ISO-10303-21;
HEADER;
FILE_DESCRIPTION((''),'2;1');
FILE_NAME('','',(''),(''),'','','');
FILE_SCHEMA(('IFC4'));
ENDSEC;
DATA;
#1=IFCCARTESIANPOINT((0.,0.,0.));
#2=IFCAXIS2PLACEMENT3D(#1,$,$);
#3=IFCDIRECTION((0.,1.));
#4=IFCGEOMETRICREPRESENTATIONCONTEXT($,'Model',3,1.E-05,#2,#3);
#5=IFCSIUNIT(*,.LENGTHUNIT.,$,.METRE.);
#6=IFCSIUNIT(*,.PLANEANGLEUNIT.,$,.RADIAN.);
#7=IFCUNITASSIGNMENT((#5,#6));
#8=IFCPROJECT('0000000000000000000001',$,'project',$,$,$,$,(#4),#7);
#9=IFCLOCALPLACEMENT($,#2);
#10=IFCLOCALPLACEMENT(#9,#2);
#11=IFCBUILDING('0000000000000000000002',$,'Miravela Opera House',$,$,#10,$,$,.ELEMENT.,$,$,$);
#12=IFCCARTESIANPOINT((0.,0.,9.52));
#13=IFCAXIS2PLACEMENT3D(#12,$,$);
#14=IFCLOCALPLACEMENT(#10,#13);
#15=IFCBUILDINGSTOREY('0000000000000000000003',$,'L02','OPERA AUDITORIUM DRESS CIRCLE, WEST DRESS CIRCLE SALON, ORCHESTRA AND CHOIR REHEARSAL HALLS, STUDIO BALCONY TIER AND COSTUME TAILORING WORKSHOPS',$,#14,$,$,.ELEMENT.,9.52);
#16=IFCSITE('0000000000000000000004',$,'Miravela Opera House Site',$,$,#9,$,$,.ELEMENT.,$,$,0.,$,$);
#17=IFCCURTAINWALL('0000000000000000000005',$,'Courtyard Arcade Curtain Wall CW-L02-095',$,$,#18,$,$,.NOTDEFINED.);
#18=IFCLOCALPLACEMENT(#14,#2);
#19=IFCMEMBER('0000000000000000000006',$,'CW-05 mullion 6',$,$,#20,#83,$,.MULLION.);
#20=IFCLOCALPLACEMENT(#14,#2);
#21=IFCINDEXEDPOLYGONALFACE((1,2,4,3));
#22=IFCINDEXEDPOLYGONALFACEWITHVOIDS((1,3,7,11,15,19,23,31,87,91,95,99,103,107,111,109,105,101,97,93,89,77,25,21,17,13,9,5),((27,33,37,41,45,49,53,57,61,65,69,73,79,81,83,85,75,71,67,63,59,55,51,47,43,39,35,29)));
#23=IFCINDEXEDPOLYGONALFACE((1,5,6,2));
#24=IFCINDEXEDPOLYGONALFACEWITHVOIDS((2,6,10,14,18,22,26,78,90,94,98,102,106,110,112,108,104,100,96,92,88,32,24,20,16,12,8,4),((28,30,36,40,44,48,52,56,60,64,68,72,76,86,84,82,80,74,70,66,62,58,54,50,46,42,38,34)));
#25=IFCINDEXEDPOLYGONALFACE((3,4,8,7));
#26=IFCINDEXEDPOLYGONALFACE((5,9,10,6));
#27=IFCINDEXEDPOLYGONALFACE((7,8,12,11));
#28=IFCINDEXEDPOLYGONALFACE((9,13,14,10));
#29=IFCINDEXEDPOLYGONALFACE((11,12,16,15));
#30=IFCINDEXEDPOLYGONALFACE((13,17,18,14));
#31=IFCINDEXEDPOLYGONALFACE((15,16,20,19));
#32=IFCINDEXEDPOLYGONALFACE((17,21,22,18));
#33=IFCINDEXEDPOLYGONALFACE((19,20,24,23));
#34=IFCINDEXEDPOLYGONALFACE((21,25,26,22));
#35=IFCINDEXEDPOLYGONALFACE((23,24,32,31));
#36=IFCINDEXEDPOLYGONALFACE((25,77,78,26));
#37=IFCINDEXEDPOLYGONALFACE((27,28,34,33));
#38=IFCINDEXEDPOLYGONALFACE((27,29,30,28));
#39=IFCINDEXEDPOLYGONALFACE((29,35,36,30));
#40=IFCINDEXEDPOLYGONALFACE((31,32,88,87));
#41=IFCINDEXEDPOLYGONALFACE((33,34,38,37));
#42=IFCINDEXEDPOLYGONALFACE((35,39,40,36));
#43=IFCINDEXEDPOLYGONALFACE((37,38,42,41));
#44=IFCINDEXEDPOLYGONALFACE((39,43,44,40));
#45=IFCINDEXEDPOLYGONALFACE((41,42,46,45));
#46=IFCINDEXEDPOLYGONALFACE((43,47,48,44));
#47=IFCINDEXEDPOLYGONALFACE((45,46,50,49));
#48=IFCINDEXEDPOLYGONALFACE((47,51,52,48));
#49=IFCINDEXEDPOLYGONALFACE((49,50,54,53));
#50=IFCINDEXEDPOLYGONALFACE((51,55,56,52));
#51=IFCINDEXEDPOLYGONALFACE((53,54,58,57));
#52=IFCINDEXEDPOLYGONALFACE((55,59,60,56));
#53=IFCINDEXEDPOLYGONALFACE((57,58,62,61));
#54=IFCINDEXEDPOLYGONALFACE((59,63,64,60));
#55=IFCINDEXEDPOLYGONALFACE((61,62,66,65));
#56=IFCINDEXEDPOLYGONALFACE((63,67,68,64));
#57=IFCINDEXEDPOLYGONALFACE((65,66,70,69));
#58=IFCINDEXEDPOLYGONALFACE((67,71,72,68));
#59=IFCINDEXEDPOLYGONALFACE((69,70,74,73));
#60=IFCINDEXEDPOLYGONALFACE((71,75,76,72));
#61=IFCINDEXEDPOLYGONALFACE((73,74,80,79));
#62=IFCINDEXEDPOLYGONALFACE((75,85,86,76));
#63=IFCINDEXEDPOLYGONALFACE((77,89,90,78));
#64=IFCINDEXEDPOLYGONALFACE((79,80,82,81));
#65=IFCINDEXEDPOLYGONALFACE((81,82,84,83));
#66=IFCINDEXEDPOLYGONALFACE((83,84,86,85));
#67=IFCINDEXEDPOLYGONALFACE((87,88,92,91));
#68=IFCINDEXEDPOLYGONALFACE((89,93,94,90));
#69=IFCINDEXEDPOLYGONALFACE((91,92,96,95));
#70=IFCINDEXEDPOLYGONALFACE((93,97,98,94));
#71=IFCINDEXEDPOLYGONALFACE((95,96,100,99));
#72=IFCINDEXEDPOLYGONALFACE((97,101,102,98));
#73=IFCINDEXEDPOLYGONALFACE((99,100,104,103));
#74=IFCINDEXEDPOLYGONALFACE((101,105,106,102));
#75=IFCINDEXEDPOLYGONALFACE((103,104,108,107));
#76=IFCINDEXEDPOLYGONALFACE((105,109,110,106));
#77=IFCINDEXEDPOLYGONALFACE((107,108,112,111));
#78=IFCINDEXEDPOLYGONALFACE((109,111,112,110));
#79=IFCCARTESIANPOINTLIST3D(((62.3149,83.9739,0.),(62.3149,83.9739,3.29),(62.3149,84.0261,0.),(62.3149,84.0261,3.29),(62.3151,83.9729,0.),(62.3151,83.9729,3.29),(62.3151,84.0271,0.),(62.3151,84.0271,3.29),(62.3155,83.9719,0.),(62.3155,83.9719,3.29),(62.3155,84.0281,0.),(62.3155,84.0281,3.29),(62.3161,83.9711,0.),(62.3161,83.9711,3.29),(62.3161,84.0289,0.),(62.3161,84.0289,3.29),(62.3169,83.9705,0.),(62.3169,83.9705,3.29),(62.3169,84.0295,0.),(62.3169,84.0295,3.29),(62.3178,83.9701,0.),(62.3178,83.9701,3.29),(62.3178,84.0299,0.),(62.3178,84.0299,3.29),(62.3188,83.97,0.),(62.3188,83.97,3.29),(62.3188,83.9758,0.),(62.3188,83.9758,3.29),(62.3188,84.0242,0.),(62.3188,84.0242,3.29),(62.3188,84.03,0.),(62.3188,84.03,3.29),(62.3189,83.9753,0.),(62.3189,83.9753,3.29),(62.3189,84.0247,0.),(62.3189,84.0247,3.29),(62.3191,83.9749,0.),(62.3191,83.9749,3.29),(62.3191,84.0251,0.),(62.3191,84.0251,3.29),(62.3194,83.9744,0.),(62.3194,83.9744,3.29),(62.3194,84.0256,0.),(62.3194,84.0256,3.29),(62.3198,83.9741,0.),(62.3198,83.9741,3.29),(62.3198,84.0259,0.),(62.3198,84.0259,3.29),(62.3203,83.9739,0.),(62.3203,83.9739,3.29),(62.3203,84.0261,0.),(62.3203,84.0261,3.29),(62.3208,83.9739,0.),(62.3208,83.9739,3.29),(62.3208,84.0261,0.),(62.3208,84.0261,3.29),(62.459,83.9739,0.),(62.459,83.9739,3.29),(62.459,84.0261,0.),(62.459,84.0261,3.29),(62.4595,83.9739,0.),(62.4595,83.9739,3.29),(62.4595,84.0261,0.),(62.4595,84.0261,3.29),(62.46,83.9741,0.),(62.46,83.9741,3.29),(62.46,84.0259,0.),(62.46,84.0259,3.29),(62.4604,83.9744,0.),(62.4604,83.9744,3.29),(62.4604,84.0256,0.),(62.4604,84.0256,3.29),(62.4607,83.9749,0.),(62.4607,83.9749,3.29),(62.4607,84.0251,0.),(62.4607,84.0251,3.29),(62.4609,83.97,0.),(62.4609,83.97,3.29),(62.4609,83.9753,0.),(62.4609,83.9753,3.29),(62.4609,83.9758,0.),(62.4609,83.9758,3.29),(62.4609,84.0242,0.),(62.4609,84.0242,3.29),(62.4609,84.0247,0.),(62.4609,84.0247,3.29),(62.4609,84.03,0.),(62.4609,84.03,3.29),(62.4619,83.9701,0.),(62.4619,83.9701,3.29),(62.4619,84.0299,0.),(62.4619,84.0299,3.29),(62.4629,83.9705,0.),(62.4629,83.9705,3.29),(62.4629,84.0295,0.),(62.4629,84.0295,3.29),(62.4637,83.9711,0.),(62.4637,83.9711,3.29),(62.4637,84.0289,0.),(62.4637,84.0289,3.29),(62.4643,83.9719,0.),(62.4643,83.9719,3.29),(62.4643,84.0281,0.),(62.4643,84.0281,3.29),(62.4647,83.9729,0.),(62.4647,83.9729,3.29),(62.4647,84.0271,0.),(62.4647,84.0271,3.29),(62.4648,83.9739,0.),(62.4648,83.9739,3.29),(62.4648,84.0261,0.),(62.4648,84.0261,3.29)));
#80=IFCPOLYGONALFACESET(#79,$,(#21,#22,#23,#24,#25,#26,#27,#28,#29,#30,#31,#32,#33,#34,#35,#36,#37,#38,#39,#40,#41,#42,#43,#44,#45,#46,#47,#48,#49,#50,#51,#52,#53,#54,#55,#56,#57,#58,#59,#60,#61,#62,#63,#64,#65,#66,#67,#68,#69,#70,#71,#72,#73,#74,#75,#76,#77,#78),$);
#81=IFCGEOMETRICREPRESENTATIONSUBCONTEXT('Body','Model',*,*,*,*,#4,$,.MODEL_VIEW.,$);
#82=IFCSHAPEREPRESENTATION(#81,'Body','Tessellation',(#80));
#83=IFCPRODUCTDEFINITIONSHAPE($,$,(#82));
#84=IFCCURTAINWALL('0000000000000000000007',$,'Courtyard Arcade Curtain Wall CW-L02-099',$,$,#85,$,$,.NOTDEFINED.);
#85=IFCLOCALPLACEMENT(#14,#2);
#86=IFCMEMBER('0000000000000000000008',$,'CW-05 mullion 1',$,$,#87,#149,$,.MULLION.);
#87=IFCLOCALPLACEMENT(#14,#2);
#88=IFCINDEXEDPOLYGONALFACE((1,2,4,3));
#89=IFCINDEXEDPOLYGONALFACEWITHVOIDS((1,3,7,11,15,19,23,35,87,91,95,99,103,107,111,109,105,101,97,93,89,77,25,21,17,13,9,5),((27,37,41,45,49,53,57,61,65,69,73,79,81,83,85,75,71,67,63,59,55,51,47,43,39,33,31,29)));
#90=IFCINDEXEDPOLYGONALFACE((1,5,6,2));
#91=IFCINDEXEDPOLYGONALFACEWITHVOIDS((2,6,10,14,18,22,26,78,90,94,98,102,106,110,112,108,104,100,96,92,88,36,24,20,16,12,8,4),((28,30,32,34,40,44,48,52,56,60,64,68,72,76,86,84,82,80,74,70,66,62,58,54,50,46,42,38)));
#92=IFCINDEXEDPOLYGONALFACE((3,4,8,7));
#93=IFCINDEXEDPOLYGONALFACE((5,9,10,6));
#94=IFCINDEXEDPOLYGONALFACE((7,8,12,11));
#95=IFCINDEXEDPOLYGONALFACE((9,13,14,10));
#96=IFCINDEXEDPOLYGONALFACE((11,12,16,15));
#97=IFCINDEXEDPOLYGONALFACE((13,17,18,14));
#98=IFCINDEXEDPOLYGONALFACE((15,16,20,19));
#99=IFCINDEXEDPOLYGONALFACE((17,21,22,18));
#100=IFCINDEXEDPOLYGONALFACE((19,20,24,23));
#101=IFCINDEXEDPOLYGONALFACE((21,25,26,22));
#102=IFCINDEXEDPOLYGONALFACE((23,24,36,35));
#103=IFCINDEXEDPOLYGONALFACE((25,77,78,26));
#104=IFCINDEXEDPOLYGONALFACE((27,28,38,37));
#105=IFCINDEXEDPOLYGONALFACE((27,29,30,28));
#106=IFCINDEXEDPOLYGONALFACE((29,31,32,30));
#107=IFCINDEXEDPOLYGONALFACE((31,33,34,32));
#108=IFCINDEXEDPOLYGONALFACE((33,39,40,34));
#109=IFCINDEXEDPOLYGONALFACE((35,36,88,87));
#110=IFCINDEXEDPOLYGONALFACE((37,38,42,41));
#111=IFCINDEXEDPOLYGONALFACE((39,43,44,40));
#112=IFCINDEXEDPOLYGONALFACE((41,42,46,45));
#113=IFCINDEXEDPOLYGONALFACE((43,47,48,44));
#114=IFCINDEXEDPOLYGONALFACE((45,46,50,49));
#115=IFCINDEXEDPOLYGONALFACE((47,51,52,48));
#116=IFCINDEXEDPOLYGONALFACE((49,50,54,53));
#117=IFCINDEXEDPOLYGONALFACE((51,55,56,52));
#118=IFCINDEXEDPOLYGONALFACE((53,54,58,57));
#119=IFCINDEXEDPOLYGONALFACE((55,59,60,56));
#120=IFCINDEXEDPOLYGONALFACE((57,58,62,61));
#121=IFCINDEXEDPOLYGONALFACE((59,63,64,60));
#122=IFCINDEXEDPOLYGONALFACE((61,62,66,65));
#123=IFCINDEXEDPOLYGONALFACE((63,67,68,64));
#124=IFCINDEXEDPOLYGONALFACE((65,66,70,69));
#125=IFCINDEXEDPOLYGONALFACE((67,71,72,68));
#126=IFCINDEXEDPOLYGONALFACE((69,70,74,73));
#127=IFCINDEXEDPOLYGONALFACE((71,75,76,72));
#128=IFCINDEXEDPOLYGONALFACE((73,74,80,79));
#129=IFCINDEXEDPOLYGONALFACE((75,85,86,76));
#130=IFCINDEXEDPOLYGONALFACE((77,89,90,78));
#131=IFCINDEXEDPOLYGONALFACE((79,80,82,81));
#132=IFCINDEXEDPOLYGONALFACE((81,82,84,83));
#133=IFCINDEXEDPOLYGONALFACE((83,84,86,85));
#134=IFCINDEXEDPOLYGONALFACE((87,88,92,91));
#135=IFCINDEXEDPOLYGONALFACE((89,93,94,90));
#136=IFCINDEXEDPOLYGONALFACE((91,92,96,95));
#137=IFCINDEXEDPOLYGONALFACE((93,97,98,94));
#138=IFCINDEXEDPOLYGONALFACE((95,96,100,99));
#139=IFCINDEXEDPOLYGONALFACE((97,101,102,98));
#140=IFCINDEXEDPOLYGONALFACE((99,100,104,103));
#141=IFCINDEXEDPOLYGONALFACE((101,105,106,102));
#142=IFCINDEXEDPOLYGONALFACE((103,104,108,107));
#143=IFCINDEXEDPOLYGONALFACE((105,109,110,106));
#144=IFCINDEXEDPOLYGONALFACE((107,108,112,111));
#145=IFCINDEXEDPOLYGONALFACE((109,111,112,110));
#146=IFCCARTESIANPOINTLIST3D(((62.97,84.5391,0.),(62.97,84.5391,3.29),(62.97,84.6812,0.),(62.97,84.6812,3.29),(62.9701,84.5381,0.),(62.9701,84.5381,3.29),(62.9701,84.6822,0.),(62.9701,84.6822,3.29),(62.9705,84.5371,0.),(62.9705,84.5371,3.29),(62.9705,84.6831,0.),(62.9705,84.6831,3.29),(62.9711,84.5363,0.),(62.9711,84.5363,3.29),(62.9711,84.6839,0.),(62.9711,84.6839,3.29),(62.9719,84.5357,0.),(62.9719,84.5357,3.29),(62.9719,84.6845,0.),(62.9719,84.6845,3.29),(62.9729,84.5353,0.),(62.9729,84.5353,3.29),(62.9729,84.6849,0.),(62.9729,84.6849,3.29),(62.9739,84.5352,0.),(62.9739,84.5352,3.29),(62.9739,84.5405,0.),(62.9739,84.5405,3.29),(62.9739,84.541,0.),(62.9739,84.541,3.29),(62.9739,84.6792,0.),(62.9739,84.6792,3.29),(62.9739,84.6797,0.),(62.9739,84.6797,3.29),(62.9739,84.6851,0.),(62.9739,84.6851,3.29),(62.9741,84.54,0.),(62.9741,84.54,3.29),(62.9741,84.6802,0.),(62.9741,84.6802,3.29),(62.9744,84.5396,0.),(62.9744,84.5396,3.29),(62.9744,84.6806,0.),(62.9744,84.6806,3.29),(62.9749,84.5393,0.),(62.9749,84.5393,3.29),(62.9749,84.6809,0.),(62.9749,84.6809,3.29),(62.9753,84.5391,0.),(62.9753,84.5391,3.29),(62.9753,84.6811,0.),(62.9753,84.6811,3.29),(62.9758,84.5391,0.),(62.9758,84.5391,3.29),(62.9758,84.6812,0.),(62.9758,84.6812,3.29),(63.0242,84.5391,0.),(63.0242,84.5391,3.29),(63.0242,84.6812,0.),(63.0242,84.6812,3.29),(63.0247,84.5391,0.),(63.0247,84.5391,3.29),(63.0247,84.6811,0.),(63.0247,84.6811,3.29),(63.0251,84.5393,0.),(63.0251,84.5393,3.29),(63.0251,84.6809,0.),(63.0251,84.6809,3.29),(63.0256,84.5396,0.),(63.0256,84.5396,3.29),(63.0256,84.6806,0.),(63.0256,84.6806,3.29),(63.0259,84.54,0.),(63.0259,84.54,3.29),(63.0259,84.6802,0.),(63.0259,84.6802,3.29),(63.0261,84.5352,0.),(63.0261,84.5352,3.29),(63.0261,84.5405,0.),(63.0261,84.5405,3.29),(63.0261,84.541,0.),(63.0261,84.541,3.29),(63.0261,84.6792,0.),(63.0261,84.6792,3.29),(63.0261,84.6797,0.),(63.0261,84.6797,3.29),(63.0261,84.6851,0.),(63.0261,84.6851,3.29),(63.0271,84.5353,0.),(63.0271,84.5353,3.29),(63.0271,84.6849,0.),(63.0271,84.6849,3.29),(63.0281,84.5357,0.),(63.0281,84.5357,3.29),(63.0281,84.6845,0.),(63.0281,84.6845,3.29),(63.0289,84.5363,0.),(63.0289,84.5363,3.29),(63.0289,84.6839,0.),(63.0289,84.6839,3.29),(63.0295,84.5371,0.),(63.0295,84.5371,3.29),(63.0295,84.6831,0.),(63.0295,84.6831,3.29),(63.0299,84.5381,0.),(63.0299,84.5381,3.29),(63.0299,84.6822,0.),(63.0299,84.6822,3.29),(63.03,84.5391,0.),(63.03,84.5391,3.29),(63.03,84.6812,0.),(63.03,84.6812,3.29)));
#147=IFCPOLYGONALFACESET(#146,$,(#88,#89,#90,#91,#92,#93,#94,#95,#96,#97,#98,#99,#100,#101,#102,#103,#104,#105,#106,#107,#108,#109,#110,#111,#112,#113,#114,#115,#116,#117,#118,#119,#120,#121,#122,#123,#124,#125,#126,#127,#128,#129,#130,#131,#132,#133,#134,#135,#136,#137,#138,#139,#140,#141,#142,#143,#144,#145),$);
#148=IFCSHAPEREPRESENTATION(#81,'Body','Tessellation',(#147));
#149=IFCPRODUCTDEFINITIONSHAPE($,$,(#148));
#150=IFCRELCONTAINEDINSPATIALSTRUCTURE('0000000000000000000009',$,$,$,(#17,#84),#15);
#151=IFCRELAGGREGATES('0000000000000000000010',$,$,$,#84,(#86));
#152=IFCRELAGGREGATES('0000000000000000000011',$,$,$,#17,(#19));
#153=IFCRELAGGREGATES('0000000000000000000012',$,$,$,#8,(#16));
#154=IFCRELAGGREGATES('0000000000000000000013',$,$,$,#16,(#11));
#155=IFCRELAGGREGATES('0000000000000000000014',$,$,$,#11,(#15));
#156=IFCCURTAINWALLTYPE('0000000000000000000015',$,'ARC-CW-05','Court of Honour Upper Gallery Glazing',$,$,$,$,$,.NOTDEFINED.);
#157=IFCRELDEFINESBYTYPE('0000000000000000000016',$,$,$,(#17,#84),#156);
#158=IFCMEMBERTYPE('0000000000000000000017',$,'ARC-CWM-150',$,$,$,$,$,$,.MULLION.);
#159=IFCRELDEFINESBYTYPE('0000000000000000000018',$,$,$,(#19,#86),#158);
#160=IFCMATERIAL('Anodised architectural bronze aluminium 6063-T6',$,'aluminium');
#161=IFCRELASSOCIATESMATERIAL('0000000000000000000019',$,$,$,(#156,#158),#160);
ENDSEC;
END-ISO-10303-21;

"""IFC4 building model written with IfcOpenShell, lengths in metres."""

from ifc_helpers import new_model, si_unit, direction, frame, origin, origin_2d, place, context, subcontext, project, spatial, hollow_rectangle, extrude, material, material_profile, profile_set, type_object, element, aggregate, save


model = new_model("IFC4")

# Units and contexts
model_context = context("Model", 3, precision=1e-05, world=origin(), true_north=direction((0.0, 1.0)))
body_context = subcontext(model_context, "Body", "Model", "MODEL_VIEW")
ifc_project = project(units=[si_unit("LENGTHUNIT", "METRE"), si_unit("PLANEANGLEUNIT", "RADIAN")], contexts=[model_context])

# Site, building, storey
site_placement = place(None, origin())
site = spatial("IfcSite", under=ifc_project, at=site_placement, Name="Miravela Opera House Site", CompositionType="ELEMENT", RefElevation=0.0)
building_placement = place(site_placement, origin())
building = spatial("IfcBuilding", under=site, at=building_placement, Name="Miravela Opera House", CompositionType="ELEMENT")
storey_placement = place(building_placement, frame((0.0, 0.0, 9.52)))
storey = spatial("IfcBuildingStorey", under=building, at=storey_placement, Name="L02", Description="OPERA AUDITORIUM DRESS CIRCLE, WEST DRESS CIRCLE SALON, ORCHESTRA AND CHOIR REHEARSAL HALLS, STUDIO BALCONY TIER AND COSTUME TAILORING WORKSHOPS", CompositionType="ELEMENT", Elevation=9.52)

# Curtain wall, member
ifc_material_1 = material(Name="Anodised architectural bronze aluminium 6063-T6", Category="aluminium")
curtain_wall_type = type_object("IfcCurtainWallType", Name="ARC-CW-05", Description="Court of Honour Upper Gallery Glazing", PredefinedType="NOTDEFINED", material=ifc_material_1)
curtain_wall_1_placement = place(storey_placement, origin())
curtain_wall_1 = element("IfcCurtainWall", 1, at=curtain_wall_1_placement, inside=storey, type_object=curtain_wall_type, Name="Courtyard Arcade Curtain Wall CW-L02-095", PredefinedType="NOTDEFINED")
ifc_material_profile_1 = material_profile(ifc_material_1, hollow_rectangle(XDim=0.0601, YDim=0.1499, WallThickness=0.0039, InnerFilletRadius=0.002, OuterFilletRadius=0.0039, at=origin_2d()), Name="CWM-60X150")
ifc_profile_set_1 = profile_set([ifc_material_profile_1])
member_type_1 = type_object("IfcMemberType", Name="ARC-CWM-150", PredefinedType="MULLION", material=ifc_profile_set_1)
member_1_placement = place(storey_placement, frame((62.3899, 84.0, 0.0), z_axis=(0.0, 0.0, 1.0), x_axis=(0.0, 1.0, 0.0)))
member_1 = element("IfcMember", 2, at=member_1_placement, type_object=member_type_1, Name="CW-05 mullion 6", PredefinedType="MULLION", context=body_context, shape_type="SweptSolid", body=[
    extrude(hollow_rectangle(XDim=0.0601, YDim=0.1499, WallThickness=0.0039, InnerFilletRadius=0.002, OuterFilletRadius=0.0039, at=origin_2d()), origin(), (0.0, 0.0, 1.0), 3.29),
])

# Curtain wall, member
curtain_wall_2_placement = place(storey_placement, origin())
curtain_wall_2 = element("IfcCurtainWall", 3, at=curtain_wall_2_placement, inside=storey, type_object=curtain_wall_type, Name="Courtyard Arcade Curtain Wall CW-L02-099", PredefinedType="NOTDEFINED")
member_2_placement = place(storey_placement, frame((63.0, 84.6101, 0.0), z_axis=(0.0, 0.0, 1.0), x_axis=(-1.0, 0.0, 0.0)))
member_2 = element("IfcMember", 4, at=member_2_placement, type_object=member_type_1, Name="CW-05 mullion 1", PredefinedType="MULLION", context=body_context, shape_type="SweptSolid", body=[
    extrude(hollow_rectangle(XDim=0.0601, YDim=0.1499, WallThickness=0.0039, InnerFilletRadius=0.002, OuterFilletRadius=0.0039, at=origin_2d()), origin(), (0.0, 0.0, 1.0), 3.29),
])
aggregate(curtain_wall_2, [member_2])

aggregate(curtain_wall_1, [member_1])

save(model, "model.ifc")
